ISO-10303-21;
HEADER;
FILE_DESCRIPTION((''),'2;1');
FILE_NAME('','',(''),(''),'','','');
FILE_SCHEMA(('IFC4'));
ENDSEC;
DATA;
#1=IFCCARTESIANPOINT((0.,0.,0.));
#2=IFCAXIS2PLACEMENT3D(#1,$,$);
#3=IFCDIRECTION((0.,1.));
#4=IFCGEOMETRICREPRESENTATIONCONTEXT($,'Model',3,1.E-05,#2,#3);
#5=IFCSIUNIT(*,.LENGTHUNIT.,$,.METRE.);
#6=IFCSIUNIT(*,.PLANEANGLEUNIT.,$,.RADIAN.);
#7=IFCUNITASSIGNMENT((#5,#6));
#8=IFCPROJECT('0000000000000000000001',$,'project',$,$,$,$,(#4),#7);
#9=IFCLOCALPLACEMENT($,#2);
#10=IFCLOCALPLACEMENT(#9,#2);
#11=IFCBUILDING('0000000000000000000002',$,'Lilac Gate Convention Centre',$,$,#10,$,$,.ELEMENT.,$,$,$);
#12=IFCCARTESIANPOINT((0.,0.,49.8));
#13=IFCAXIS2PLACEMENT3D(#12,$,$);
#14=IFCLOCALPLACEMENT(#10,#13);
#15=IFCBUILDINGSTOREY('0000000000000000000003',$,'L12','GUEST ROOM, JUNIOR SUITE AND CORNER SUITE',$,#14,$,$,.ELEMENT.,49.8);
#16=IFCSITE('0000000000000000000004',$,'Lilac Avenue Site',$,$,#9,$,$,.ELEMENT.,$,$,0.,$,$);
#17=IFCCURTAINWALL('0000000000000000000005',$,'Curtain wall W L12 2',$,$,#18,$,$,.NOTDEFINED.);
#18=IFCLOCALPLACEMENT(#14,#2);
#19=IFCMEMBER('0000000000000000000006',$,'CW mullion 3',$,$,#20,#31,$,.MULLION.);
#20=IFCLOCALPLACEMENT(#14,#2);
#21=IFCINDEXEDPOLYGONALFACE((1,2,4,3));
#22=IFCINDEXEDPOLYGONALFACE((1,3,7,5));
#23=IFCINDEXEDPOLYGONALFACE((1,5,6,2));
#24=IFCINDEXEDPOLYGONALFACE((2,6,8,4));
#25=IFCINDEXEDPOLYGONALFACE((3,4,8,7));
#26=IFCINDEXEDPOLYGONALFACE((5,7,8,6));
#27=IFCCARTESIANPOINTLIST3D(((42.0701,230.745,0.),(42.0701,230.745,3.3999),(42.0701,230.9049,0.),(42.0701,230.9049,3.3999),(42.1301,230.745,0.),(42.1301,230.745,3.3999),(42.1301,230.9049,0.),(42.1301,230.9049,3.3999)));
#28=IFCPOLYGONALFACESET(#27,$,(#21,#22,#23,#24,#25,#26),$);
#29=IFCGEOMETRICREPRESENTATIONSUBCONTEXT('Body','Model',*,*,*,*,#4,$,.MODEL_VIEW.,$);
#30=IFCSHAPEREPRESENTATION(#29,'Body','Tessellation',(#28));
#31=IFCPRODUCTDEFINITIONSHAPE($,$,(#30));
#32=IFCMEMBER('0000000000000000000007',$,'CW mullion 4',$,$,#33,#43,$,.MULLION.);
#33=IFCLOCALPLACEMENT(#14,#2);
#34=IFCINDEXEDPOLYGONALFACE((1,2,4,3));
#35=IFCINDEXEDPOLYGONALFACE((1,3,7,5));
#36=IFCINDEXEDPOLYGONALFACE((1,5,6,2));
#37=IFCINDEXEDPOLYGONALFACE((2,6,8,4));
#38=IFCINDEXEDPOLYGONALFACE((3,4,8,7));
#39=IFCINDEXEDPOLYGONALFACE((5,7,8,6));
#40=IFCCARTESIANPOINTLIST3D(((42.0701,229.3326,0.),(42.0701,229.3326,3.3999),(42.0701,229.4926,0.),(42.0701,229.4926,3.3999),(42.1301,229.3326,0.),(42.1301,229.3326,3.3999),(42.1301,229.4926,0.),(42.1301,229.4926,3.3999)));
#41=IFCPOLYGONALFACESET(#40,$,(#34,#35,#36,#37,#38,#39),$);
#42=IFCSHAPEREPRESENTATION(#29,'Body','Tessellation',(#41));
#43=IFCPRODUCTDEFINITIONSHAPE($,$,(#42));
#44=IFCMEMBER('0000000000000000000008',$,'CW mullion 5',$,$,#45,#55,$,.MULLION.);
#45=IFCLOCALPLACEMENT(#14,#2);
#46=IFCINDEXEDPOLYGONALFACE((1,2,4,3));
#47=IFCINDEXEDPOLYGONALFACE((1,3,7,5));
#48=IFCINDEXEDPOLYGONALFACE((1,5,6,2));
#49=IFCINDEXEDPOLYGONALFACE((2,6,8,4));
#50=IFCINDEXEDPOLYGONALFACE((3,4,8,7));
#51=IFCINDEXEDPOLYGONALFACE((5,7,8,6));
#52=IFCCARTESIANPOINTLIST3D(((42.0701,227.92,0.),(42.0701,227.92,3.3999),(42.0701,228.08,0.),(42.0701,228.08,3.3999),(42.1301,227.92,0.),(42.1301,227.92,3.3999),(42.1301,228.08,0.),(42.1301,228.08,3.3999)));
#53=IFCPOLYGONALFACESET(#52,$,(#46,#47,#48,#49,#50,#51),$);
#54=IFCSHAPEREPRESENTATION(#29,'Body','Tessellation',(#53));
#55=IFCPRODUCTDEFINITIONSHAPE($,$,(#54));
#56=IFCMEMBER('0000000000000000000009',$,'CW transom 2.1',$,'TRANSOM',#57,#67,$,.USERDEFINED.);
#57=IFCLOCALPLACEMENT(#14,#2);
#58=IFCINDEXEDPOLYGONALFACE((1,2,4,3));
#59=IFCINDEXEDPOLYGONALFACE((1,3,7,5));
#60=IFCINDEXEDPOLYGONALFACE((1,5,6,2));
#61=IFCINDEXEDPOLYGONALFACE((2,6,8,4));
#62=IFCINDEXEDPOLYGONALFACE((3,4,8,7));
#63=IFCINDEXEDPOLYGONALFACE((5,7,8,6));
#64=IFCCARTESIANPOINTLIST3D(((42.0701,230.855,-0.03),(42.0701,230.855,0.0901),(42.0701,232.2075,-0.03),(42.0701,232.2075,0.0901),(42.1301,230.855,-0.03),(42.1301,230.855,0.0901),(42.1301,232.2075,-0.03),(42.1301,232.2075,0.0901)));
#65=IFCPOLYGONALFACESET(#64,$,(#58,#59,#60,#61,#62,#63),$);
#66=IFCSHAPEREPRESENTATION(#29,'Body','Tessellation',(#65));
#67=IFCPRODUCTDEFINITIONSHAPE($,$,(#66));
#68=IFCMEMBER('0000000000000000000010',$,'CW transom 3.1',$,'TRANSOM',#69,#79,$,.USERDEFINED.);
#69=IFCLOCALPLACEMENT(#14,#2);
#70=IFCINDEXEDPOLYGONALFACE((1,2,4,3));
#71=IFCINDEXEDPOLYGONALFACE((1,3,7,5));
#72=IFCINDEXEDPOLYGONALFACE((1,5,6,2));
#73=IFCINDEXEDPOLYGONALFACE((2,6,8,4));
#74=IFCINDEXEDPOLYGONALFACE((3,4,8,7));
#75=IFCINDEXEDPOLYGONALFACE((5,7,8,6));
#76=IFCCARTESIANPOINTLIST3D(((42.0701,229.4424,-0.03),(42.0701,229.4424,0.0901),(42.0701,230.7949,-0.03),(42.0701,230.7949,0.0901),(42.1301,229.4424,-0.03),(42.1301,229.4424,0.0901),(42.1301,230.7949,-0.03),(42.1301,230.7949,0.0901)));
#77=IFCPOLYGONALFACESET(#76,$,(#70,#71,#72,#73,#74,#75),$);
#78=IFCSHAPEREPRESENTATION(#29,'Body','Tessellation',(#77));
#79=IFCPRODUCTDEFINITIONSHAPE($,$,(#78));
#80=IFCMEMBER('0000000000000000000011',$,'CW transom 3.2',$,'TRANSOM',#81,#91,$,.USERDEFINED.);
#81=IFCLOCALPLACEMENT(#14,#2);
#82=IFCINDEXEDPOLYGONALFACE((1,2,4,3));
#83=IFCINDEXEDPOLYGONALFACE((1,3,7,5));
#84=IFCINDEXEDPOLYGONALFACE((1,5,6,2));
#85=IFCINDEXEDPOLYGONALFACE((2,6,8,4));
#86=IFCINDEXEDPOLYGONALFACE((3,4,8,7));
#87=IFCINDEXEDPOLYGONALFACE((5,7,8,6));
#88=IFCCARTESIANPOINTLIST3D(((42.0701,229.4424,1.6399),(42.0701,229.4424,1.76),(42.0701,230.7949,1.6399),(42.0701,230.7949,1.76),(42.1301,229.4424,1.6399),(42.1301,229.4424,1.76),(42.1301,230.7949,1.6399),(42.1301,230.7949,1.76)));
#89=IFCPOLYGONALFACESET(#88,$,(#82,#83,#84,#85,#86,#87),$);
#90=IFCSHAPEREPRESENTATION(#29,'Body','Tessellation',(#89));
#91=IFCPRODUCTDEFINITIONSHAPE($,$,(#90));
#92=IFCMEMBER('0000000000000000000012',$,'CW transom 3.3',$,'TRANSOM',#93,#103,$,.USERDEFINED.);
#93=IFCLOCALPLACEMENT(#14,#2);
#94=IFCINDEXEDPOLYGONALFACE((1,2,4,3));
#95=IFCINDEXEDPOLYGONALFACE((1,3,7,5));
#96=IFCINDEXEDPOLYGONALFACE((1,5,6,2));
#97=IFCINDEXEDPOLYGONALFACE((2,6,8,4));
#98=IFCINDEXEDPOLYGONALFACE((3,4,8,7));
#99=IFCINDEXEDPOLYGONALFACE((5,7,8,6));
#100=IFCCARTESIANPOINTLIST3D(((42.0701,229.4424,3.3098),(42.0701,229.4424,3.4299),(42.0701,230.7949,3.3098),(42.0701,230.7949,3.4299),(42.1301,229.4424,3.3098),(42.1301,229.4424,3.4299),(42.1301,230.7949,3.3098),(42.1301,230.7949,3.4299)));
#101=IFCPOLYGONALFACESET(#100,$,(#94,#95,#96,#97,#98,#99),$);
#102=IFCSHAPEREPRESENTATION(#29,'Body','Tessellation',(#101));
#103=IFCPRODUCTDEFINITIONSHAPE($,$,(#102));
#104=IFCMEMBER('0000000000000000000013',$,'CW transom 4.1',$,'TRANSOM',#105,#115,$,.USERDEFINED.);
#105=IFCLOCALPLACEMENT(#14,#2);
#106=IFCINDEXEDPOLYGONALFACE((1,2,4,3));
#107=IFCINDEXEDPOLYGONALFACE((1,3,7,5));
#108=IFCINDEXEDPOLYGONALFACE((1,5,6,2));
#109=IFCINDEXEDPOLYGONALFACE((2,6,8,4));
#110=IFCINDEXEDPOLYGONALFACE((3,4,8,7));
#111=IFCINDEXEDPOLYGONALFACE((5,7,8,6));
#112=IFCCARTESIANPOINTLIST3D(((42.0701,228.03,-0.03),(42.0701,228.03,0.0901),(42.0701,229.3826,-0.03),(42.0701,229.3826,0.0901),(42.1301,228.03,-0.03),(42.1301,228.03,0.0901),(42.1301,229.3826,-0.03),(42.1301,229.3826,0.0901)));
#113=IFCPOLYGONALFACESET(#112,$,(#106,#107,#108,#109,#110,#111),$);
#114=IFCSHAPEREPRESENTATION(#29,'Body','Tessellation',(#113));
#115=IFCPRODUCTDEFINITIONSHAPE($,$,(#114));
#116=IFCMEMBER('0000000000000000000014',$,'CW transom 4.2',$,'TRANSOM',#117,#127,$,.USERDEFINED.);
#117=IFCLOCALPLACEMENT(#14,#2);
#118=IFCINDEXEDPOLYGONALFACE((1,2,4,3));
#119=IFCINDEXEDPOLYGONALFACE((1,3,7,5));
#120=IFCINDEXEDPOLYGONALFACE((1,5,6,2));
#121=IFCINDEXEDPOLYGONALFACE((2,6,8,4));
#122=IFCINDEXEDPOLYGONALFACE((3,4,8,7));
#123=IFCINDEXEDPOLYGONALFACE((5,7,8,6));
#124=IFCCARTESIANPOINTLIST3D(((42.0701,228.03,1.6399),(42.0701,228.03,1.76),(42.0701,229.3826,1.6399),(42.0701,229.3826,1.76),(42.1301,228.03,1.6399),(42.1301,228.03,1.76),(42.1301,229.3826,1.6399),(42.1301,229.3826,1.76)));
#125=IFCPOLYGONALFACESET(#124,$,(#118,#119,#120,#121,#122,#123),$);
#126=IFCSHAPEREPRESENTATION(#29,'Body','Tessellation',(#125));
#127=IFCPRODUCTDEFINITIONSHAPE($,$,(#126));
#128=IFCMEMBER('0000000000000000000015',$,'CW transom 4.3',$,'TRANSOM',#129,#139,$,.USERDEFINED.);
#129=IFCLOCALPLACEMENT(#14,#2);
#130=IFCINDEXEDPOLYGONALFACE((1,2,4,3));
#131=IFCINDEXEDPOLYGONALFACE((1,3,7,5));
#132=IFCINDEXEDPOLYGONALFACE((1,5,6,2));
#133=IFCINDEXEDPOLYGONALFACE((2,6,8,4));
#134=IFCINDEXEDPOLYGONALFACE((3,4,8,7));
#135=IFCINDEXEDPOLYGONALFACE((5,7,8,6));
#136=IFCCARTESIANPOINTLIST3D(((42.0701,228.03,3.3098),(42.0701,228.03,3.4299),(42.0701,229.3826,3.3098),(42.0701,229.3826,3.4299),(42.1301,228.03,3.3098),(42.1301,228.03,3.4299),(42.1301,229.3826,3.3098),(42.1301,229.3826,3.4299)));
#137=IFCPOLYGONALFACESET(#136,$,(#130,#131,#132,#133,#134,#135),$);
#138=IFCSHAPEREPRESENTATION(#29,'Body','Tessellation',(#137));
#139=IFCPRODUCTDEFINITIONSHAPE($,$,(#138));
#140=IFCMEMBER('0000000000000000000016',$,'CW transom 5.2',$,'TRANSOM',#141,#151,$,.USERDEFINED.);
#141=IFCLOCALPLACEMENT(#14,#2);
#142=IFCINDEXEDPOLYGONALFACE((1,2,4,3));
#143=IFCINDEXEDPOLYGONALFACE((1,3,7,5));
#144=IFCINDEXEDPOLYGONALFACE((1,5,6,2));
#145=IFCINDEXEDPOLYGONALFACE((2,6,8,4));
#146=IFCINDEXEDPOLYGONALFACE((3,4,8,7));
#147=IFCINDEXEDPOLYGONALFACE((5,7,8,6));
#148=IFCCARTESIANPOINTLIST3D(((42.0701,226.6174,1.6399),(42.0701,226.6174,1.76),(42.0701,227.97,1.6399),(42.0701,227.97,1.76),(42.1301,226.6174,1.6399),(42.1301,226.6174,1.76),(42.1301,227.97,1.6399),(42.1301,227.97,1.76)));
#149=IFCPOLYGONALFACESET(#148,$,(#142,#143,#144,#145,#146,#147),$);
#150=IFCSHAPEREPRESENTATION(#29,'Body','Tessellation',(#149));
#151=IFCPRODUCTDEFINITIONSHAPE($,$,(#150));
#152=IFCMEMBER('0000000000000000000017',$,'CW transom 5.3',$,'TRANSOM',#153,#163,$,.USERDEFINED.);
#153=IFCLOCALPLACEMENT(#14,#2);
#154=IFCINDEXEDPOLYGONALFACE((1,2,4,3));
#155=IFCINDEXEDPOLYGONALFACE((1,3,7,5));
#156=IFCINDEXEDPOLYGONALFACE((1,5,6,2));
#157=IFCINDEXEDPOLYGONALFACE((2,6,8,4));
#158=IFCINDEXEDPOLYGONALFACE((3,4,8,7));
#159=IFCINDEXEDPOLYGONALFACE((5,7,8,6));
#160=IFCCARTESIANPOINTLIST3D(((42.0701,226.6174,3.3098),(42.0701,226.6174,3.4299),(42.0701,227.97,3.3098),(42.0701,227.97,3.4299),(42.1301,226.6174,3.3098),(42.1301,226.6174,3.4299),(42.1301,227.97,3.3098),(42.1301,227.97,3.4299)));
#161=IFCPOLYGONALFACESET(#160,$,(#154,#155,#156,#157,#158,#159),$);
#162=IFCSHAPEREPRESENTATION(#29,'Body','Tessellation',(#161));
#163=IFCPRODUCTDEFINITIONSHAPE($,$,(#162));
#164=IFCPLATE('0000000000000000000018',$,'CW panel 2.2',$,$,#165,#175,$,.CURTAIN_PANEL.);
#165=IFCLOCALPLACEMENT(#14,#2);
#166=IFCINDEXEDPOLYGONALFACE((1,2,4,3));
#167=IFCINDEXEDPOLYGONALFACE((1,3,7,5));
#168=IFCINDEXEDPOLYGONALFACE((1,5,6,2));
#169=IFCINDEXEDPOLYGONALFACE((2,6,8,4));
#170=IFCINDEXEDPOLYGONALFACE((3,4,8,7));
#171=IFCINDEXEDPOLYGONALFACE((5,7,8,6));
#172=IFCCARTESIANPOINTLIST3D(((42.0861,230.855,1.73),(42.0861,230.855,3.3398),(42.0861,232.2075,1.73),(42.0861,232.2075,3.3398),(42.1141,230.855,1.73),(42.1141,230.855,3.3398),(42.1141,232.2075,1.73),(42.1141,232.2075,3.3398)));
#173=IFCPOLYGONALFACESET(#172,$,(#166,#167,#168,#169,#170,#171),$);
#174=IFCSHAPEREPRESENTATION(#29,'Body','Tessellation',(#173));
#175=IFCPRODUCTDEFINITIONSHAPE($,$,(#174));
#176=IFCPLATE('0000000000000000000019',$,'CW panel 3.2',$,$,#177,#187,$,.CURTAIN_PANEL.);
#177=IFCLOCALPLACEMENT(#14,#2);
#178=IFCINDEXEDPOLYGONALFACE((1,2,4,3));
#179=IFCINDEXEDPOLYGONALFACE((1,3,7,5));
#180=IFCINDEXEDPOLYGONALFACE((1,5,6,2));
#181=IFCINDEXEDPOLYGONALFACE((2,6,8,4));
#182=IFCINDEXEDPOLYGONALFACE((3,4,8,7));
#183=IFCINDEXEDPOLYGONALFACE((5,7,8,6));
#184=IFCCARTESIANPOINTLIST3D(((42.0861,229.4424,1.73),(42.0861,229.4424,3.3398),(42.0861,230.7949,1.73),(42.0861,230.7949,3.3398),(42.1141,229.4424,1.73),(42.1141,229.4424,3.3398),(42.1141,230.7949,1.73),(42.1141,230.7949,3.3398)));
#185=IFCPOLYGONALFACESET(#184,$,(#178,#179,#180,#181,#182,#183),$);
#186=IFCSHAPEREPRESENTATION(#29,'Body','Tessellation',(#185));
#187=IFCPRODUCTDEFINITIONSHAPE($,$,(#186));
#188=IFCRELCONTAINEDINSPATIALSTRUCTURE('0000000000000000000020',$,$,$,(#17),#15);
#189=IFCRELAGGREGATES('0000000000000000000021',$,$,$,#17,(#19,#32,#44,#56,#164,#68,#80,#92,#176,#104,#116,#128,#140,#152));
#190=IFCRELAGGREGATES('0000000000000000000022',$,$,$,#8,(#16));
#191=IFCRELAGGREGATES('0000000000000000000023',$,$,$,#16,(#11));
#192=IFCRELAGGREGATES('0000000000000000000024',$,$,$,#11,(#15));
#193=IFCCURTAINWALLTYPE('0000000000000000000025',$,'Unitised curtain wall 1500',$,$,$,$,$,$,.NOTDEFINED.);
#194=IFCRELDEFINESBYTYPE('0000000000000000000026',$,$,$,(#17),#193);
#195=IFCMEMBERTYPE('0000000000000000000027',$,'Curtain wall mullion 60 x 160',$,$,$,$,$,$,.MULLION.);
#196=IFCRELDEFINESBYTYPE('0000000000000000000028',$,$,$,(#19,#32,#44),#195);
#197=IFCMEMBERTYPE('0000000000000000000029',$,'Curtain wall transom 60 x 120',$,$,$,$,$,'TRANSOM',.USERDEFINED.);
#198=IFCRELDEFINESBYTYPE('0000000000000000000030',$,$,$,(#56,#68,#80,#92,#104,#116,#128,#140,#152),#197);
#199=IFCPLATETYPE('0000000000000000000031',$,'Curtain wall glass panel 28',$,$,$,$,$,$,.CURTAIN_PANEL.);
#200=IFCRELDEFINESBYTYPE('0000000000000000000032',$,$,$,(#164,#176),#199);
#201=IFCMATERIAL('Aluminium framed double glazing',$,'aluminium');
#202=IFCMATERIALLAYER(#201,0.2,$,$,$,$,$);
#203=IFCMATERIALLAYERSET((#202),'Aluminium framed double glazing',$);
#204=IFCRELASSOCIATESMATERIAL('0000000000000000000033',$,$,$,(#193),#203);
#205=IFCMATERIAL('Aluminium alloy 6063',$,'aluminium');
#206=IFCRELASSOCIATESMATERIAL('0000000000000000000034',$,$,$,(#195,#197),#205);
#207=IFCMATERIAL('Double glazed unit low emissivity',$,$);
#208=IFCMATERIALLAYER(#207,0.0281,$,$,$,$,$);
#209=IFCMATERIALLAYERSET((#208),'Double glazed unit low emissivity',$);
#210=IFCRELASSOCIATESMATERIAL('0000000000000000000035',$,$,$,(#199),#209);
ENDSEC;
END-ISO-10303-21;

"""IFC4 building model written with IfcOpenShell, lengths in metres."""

from ifc_helpers import new_model, si_unit, direction, frame, origin, origin_2d, place, context, subcontext, project, spatial, rectangle, extrude, material, layer, layer_set, material_profile, profile_set, type_object, element, aggregate, save


model = new_model("IFC4")

# Units and contexts
model_context = context("Model", 3, precision=1e-05, world=origin(), true_north=direction((0.0, 1.0)))
body_context = subcontext(model_context, "Body", "Model", "MODEL_VIEW")
ifc_project = project(units=[si_unit("LENGTHUNIT", "METRE"), si_unit("PLANEANGLEUNIT", "RADIAN")], contexts=[model_context])

# Site, building, storey
site_placement = place(None, origin())
site = spatial("IfcSite", under=ifc_project, at=site_placement, Name="Lilac Avenue Site", CompositionType="ELEMENT", RefElevation=0.0)
building_placement = place(site_placement, origin())
building = spatial("IfcBuilding", under=site, at=building_placement, Name="Lilac Gate Convention Centre", CompositionType="ELEMENT")
storey_placement = place(building_placement, frame((0.0, 0.0, 49.8)))
storey = spatial("IfcBuildingStorey", under=building, at=storey_placement, Name="L12", Description="GUEST ROOM, JUNIOR SUITE AND CORNER SUITE", CompositionType="ELEMENT", Elevation=49.8)

# Curtain wall, members, plates
ifc_material_1 = material(Name="Aluminium framed double glazing", Category="aluminium")
ifc_layer_1 = layer(ifc_material_1, 0.2)
ifc_layer_set_1 = layer_set([ifc_layer_1], Name="Aluminium framed double glazing")
curtain_wall_type = type_object("IfcCurtainWallType", Name="Unitised curtain wall 1500", PredefinedType="NOTDEFINED", material=ifc_layer_set_1)
curtain_wall_placement = place(storey_placement, origin())
curtain_wall = element("IfcCurtainWall", 1, at=curtain_wall_placement, inside=storey, type_object=curtain_wall_type, Name="Curtain wall W L12 2", PredefinedType="NOTDEFINED")
ifc_material_2 = material(Name="Aluminium alloy 6063", Category="aluminium")
ifc_material_profile_1 = material_profile(ifc_material_2, rectangle(XDim=0.0601, YDim=0.1599, at=origin_2d()), Name="Curtain wall mullion 60 x 160")
ifc_profile_set_1 = profile_set([ifc_material_profile_1], Name="Aluminium alloy 6063")
member_type_1 = type_object("IfcMemberType", Name="Curtain wall mullion 60 x 160", PredefinedType="MULLION", material=ifc_profile_set_1)
member_1_placement = place(storey_placement, frame((42.1001, 230.825, 0.0), z_axis=(0.0, 0.0, 1.0), x_axis=(1.0, 0.0, 0.0)))
member_1 = element("IfcMember", 2, at=member_1_placement, type_object=member_type_1, Name="CW mullion 3", PredefinedType="MULLION", context=body_context, shape_type="SweptSolid", body=[
    extrude(rectangle(XDim=0.0601, YDim=0.1599, at=origin_2d()), origin(), (0.0, 0.0, 1.0), 3.3999),
])
member_2_placement = place(storey_placement, frame((42.1001, 229.4126, 0.0), z_axis=(0.0, 0.0, 1.0), x_axis=(1.0, 0.0, 0.0)))
member_2 = element("IfcMember", 3, at=member_2_placement, type_object=member_type_1, Name="CW mullion 4", PredefinedType="MULLION", context=body_context, shape_type="SweptSolid", body=[
    extrude(rectangle(XDim=0.0601, YDim=0.1599, at=origin_2d()), origin(), (0.0, 0.0, 1.0), 3.3999),
])
member_3_placement = place(storey_placement, frame((42.1001, 228.0, 0.0), z_axis=(0.0, 0.0, 1.0), x_axis=(1.0, 0.0, 0.0)))
member_3 = element("IfcMember", 4, at=member_3_placement, type_object=member_type_1, Name="CW mullion 5", PredefinedType="MULLION", context=body_context, shape_type="SweptSolid", body=[
    extrude(rectangle(XDim=0.0601, YDim=0.1599, at=origin_2d()), origin(), (0.0, 0.0, 1.0), 3.3999),
])
ifc_material_profile_2 = material_profile(ifc_material_2, rectangle(XDim=0.0601, YDim=0.1201, at=origin_2d()), Name="Curtain wall transom 60 x 120")
ifc_profile_set_2 = profile_set([ifc_material_profile_2], Name="Aluminium alloy 6063")
member_type_2 = type_object("IfcMemberType", Name="Curtain wall transom 60 x 120", ElementType="TRANSOM", PredefinedType="USERDEFINED", material=ifc_profile_set_2)
member_4_placement = place(storey_placement, frame((42.1001, 232.2075, 0.03), z_axis=(0.0, -1.0, 0.0), x_axis=(1.0, 0.0, 0.0)))
member_4 = element("IfcMember", 5, at=member_4_placement, type_object=member_type_2, Name="CW transom 2.1", ObjectType="TRANSOM", PredefinedType="USERDEFINED", context=body_context, shape_type="SweptSolid", body=[
    extrude(rectangle(XDim=0.0601, YDim=0.1201, at=origin_2d()), origin(), (0.0, 0.0, 1.0), 1.3525),
])
member_5_placement = place(storey_placement, frame((42.1001, 230.7949, 0.03), z_axis=(0.0, -1.0, 0.0), x_axis=(1.0, 0.0, 0.0)))
member_5 = element("IfcMember", 6, at=member_5_placement, type_object=member_type_2, Name="CW transom 3.1", ObjectType="TRANSOM", PredefinedType="USERDEFINED", context=body_context, shape_type="SweptSolid", body=[
    extrude(rectangle(XDim=0.0601, YDim=0.1201, at=origin_2d()), origin(), (0.0, 0.0, 1.0), 1.3525),
])
member_6_placement = place(storey_placement, frame((42.1001, 230.7949, 1.7), z_axis=(0.0, -1.0, 0.0), x_axis=(1.0, 0.0, 0.0)))
member_6 = element("IfcMember", 7, at=member_6_placement, type_object=member_type_2, Name="CW transom 3.2", ObjectType="TRANSOM", PredefinedType="USERDEFINED", context=body_context, shape_type="SweptSolid", body=[
    extrude(rectangle(XDim=0.0601, YDim=0.1201, at=origin_2d()), origin(), (0.0, 0.0, 1.0), 1.3525),
])
member_7_placement = place(storey_placement, frame((42.1001, 230.7949, 3.3699), z_axis=(0.0, -1.0, 0.0), x_axis=(1.0, 0.0, 0.0)))
member_7 = element("IfcMember", 8, at=member_7_placement, type_object=member_type_2, Name="CW transom 3.3", ObjectType="TRANSOM", PredefinedType="USERDEFINED", context=body_context, shape_type="SweptSolid", body=[
    extrude(rectangle(XDim=0.0601, YDim=0.1201, at=origin_2d()), origin(), (0.0, 0.0, 1.0), 1.3525),
])
member_8_placement = place(storey_placement, frame((42.1001, 229.3826, 0.03), z_axis=(0.0, -1.0, 0.0), x_axis=(1.0, 0.0, 0.0)))
member_8 = element("IfcMember", 9, at=member_8_placement, type_object=member_type_2, Name="CW transom 4.1", ObjectType="TRANSOM", PredefinedType="USERDEFINED", context=body_context, shape_type="SweptSolid", body=[
    extrude(rectangle(XDim=0.0601, YDim=0.1201, at=origin_2d()), origin(), (0.0, 0.0, 1.0), 1.3525),
])
member_9_placement = place(storey_placement, frame((42.1001, 229.3826, 1.7), z_axis=(0.0, -1.0, 0.0), x_axis=(1.0, 0.0, 0.0)))
member_9 = element("IfcMember", 10, at=member_9_placement, type_object=member_type_2, Name="CW transom 4.2", ObjectType="TRANSOM", PredefinedType="USERDEFINED", context=body_context, shape_type="SweptSolid", body=[
    extrude(rectangle(XDim=0.0601, YDim=0.1201, at=origin_2d()), origin(), (0.0, 0.0, 1.0), 1.3525),
])
member_10_placement = place(storey_placement, frame((42.1001, 229.3826, 3.3699), z_axis=(0.0, -1.0, 0.0), x_axis=(1.0, 0.0, 0.0)))
member_10 = element("IfcMember", 11, at=member_10_placement, type_object=member_type_2, Name="CW transom 4.3", ObjectType="TRANSOM", PredefinedType="USERDEFINED", context=body_context, shape_type="SweptSolid", body=[
    extrude(rectangle(XDim=0.0601, YDim=0.1201, at=origin_2d()), origin(), (0.0, 0.0, 1.0), 1.3525),
])
member_11_placement = place(storey_placement, frame((42.1001, 227.97, 1.7), z_axis=(0.0, -1.0, 0.0), x_axis=(1.0, 0.0, 0.0)))
member_11 = element("IfcMember", 12, at=member_11_placement, type_object=member_type_2, Name="CW transom 5.2", ObjectType="TRANSOM", PredefinedType="USERDEFINED", context=body_context, shape_type="SweptSolid", body=[
    extrude(rectangle(XDim=0.0601, YDim=0.1201, at=origin_2d()), origin(), (0.0, 0.0, 1.0), 1.3525),
])
member_12_placement = place(storey_placement, frame((42.1001, 227.97, 3.3699), z_axis=(0.0, -1.0, 0.0), x_axis=(1.0, 0.0, 0.0)))
member_12 = element("IfcMember", 13, at=member_12_placement, type_object=member_type_2, Name="CW transom 5.3", ObjectType="TRANSOM", PredefinedType="USERDEFINED", context=body_context, shape_type="SweptSolid", body=[
    extrude(rectangle(XDim=0.0601, YDim=0.1201, at=origin_2d()), origin(), (0.0, 0.0, 1.0), 1.3525),
])
ifc_material_3 = material(Name="Double glazed unit low emissivity")
ifc_layer_2 = layer(ifc_material_3, 0.0281)
ifc_layer_set_2 = layer_set([ifc_layer_2], Name="Double glazed unit low emissivity")
plate_type_1 = type_object("IfcPlateType", Name="Curtain wall glass panel 28", PredefinedType="CURTAIN_PANEL", material=ifc_layer_set_2)
plate_1_placement = place(storey_placement, frame((42.1001, 231.5312, 1.73), z_axis=(0.0, 0.0, 1.0), x_axis=(0.0, -1.0, 0.0)))
plate_1 = element("IfcPlate", 14, at=plate_1_placement, type_object=plate_type_1, Name="CW panel 2.2", PredefinedType="CURTAIN_PANEL", context=body_context, shape_type="SweptSolid", body=[
    extrude(rectangle(XDim=1.3525, YDim=0.0281, at=origin_2d()), origin(), (0.0, 0.0, 1.0), 1.6099),
])
plate_2_placement = place(storey_placement, frame((42.1001, 230.1187, 1.73), z_axis=(0.0, 0.0, 1.0), x_axis=(0.0, -1.0, 0.0)))
plate_2 = element("IfcPlate", 15, at=plate_2_placement, type_object=plate_type_1, Name="CW panel 3.2", PredefinedType="CURTAIN_PANEL", context=body_context, shape_type="SweptSolid", body=[
    extrude(rectangle(XDim=1.3525, YDim=0.0281, at=origin_2d()), origin(), (0.0, 0.0, 1.0), 1.6099),
])
aggregate(curtain_wall, [member_1, member_2, member_3, member_4, plate_1, member_5, member_6, member_7, plate_2, member_8, member_9, member_10, member_11, member_12])

save(model, "model.ifc")
